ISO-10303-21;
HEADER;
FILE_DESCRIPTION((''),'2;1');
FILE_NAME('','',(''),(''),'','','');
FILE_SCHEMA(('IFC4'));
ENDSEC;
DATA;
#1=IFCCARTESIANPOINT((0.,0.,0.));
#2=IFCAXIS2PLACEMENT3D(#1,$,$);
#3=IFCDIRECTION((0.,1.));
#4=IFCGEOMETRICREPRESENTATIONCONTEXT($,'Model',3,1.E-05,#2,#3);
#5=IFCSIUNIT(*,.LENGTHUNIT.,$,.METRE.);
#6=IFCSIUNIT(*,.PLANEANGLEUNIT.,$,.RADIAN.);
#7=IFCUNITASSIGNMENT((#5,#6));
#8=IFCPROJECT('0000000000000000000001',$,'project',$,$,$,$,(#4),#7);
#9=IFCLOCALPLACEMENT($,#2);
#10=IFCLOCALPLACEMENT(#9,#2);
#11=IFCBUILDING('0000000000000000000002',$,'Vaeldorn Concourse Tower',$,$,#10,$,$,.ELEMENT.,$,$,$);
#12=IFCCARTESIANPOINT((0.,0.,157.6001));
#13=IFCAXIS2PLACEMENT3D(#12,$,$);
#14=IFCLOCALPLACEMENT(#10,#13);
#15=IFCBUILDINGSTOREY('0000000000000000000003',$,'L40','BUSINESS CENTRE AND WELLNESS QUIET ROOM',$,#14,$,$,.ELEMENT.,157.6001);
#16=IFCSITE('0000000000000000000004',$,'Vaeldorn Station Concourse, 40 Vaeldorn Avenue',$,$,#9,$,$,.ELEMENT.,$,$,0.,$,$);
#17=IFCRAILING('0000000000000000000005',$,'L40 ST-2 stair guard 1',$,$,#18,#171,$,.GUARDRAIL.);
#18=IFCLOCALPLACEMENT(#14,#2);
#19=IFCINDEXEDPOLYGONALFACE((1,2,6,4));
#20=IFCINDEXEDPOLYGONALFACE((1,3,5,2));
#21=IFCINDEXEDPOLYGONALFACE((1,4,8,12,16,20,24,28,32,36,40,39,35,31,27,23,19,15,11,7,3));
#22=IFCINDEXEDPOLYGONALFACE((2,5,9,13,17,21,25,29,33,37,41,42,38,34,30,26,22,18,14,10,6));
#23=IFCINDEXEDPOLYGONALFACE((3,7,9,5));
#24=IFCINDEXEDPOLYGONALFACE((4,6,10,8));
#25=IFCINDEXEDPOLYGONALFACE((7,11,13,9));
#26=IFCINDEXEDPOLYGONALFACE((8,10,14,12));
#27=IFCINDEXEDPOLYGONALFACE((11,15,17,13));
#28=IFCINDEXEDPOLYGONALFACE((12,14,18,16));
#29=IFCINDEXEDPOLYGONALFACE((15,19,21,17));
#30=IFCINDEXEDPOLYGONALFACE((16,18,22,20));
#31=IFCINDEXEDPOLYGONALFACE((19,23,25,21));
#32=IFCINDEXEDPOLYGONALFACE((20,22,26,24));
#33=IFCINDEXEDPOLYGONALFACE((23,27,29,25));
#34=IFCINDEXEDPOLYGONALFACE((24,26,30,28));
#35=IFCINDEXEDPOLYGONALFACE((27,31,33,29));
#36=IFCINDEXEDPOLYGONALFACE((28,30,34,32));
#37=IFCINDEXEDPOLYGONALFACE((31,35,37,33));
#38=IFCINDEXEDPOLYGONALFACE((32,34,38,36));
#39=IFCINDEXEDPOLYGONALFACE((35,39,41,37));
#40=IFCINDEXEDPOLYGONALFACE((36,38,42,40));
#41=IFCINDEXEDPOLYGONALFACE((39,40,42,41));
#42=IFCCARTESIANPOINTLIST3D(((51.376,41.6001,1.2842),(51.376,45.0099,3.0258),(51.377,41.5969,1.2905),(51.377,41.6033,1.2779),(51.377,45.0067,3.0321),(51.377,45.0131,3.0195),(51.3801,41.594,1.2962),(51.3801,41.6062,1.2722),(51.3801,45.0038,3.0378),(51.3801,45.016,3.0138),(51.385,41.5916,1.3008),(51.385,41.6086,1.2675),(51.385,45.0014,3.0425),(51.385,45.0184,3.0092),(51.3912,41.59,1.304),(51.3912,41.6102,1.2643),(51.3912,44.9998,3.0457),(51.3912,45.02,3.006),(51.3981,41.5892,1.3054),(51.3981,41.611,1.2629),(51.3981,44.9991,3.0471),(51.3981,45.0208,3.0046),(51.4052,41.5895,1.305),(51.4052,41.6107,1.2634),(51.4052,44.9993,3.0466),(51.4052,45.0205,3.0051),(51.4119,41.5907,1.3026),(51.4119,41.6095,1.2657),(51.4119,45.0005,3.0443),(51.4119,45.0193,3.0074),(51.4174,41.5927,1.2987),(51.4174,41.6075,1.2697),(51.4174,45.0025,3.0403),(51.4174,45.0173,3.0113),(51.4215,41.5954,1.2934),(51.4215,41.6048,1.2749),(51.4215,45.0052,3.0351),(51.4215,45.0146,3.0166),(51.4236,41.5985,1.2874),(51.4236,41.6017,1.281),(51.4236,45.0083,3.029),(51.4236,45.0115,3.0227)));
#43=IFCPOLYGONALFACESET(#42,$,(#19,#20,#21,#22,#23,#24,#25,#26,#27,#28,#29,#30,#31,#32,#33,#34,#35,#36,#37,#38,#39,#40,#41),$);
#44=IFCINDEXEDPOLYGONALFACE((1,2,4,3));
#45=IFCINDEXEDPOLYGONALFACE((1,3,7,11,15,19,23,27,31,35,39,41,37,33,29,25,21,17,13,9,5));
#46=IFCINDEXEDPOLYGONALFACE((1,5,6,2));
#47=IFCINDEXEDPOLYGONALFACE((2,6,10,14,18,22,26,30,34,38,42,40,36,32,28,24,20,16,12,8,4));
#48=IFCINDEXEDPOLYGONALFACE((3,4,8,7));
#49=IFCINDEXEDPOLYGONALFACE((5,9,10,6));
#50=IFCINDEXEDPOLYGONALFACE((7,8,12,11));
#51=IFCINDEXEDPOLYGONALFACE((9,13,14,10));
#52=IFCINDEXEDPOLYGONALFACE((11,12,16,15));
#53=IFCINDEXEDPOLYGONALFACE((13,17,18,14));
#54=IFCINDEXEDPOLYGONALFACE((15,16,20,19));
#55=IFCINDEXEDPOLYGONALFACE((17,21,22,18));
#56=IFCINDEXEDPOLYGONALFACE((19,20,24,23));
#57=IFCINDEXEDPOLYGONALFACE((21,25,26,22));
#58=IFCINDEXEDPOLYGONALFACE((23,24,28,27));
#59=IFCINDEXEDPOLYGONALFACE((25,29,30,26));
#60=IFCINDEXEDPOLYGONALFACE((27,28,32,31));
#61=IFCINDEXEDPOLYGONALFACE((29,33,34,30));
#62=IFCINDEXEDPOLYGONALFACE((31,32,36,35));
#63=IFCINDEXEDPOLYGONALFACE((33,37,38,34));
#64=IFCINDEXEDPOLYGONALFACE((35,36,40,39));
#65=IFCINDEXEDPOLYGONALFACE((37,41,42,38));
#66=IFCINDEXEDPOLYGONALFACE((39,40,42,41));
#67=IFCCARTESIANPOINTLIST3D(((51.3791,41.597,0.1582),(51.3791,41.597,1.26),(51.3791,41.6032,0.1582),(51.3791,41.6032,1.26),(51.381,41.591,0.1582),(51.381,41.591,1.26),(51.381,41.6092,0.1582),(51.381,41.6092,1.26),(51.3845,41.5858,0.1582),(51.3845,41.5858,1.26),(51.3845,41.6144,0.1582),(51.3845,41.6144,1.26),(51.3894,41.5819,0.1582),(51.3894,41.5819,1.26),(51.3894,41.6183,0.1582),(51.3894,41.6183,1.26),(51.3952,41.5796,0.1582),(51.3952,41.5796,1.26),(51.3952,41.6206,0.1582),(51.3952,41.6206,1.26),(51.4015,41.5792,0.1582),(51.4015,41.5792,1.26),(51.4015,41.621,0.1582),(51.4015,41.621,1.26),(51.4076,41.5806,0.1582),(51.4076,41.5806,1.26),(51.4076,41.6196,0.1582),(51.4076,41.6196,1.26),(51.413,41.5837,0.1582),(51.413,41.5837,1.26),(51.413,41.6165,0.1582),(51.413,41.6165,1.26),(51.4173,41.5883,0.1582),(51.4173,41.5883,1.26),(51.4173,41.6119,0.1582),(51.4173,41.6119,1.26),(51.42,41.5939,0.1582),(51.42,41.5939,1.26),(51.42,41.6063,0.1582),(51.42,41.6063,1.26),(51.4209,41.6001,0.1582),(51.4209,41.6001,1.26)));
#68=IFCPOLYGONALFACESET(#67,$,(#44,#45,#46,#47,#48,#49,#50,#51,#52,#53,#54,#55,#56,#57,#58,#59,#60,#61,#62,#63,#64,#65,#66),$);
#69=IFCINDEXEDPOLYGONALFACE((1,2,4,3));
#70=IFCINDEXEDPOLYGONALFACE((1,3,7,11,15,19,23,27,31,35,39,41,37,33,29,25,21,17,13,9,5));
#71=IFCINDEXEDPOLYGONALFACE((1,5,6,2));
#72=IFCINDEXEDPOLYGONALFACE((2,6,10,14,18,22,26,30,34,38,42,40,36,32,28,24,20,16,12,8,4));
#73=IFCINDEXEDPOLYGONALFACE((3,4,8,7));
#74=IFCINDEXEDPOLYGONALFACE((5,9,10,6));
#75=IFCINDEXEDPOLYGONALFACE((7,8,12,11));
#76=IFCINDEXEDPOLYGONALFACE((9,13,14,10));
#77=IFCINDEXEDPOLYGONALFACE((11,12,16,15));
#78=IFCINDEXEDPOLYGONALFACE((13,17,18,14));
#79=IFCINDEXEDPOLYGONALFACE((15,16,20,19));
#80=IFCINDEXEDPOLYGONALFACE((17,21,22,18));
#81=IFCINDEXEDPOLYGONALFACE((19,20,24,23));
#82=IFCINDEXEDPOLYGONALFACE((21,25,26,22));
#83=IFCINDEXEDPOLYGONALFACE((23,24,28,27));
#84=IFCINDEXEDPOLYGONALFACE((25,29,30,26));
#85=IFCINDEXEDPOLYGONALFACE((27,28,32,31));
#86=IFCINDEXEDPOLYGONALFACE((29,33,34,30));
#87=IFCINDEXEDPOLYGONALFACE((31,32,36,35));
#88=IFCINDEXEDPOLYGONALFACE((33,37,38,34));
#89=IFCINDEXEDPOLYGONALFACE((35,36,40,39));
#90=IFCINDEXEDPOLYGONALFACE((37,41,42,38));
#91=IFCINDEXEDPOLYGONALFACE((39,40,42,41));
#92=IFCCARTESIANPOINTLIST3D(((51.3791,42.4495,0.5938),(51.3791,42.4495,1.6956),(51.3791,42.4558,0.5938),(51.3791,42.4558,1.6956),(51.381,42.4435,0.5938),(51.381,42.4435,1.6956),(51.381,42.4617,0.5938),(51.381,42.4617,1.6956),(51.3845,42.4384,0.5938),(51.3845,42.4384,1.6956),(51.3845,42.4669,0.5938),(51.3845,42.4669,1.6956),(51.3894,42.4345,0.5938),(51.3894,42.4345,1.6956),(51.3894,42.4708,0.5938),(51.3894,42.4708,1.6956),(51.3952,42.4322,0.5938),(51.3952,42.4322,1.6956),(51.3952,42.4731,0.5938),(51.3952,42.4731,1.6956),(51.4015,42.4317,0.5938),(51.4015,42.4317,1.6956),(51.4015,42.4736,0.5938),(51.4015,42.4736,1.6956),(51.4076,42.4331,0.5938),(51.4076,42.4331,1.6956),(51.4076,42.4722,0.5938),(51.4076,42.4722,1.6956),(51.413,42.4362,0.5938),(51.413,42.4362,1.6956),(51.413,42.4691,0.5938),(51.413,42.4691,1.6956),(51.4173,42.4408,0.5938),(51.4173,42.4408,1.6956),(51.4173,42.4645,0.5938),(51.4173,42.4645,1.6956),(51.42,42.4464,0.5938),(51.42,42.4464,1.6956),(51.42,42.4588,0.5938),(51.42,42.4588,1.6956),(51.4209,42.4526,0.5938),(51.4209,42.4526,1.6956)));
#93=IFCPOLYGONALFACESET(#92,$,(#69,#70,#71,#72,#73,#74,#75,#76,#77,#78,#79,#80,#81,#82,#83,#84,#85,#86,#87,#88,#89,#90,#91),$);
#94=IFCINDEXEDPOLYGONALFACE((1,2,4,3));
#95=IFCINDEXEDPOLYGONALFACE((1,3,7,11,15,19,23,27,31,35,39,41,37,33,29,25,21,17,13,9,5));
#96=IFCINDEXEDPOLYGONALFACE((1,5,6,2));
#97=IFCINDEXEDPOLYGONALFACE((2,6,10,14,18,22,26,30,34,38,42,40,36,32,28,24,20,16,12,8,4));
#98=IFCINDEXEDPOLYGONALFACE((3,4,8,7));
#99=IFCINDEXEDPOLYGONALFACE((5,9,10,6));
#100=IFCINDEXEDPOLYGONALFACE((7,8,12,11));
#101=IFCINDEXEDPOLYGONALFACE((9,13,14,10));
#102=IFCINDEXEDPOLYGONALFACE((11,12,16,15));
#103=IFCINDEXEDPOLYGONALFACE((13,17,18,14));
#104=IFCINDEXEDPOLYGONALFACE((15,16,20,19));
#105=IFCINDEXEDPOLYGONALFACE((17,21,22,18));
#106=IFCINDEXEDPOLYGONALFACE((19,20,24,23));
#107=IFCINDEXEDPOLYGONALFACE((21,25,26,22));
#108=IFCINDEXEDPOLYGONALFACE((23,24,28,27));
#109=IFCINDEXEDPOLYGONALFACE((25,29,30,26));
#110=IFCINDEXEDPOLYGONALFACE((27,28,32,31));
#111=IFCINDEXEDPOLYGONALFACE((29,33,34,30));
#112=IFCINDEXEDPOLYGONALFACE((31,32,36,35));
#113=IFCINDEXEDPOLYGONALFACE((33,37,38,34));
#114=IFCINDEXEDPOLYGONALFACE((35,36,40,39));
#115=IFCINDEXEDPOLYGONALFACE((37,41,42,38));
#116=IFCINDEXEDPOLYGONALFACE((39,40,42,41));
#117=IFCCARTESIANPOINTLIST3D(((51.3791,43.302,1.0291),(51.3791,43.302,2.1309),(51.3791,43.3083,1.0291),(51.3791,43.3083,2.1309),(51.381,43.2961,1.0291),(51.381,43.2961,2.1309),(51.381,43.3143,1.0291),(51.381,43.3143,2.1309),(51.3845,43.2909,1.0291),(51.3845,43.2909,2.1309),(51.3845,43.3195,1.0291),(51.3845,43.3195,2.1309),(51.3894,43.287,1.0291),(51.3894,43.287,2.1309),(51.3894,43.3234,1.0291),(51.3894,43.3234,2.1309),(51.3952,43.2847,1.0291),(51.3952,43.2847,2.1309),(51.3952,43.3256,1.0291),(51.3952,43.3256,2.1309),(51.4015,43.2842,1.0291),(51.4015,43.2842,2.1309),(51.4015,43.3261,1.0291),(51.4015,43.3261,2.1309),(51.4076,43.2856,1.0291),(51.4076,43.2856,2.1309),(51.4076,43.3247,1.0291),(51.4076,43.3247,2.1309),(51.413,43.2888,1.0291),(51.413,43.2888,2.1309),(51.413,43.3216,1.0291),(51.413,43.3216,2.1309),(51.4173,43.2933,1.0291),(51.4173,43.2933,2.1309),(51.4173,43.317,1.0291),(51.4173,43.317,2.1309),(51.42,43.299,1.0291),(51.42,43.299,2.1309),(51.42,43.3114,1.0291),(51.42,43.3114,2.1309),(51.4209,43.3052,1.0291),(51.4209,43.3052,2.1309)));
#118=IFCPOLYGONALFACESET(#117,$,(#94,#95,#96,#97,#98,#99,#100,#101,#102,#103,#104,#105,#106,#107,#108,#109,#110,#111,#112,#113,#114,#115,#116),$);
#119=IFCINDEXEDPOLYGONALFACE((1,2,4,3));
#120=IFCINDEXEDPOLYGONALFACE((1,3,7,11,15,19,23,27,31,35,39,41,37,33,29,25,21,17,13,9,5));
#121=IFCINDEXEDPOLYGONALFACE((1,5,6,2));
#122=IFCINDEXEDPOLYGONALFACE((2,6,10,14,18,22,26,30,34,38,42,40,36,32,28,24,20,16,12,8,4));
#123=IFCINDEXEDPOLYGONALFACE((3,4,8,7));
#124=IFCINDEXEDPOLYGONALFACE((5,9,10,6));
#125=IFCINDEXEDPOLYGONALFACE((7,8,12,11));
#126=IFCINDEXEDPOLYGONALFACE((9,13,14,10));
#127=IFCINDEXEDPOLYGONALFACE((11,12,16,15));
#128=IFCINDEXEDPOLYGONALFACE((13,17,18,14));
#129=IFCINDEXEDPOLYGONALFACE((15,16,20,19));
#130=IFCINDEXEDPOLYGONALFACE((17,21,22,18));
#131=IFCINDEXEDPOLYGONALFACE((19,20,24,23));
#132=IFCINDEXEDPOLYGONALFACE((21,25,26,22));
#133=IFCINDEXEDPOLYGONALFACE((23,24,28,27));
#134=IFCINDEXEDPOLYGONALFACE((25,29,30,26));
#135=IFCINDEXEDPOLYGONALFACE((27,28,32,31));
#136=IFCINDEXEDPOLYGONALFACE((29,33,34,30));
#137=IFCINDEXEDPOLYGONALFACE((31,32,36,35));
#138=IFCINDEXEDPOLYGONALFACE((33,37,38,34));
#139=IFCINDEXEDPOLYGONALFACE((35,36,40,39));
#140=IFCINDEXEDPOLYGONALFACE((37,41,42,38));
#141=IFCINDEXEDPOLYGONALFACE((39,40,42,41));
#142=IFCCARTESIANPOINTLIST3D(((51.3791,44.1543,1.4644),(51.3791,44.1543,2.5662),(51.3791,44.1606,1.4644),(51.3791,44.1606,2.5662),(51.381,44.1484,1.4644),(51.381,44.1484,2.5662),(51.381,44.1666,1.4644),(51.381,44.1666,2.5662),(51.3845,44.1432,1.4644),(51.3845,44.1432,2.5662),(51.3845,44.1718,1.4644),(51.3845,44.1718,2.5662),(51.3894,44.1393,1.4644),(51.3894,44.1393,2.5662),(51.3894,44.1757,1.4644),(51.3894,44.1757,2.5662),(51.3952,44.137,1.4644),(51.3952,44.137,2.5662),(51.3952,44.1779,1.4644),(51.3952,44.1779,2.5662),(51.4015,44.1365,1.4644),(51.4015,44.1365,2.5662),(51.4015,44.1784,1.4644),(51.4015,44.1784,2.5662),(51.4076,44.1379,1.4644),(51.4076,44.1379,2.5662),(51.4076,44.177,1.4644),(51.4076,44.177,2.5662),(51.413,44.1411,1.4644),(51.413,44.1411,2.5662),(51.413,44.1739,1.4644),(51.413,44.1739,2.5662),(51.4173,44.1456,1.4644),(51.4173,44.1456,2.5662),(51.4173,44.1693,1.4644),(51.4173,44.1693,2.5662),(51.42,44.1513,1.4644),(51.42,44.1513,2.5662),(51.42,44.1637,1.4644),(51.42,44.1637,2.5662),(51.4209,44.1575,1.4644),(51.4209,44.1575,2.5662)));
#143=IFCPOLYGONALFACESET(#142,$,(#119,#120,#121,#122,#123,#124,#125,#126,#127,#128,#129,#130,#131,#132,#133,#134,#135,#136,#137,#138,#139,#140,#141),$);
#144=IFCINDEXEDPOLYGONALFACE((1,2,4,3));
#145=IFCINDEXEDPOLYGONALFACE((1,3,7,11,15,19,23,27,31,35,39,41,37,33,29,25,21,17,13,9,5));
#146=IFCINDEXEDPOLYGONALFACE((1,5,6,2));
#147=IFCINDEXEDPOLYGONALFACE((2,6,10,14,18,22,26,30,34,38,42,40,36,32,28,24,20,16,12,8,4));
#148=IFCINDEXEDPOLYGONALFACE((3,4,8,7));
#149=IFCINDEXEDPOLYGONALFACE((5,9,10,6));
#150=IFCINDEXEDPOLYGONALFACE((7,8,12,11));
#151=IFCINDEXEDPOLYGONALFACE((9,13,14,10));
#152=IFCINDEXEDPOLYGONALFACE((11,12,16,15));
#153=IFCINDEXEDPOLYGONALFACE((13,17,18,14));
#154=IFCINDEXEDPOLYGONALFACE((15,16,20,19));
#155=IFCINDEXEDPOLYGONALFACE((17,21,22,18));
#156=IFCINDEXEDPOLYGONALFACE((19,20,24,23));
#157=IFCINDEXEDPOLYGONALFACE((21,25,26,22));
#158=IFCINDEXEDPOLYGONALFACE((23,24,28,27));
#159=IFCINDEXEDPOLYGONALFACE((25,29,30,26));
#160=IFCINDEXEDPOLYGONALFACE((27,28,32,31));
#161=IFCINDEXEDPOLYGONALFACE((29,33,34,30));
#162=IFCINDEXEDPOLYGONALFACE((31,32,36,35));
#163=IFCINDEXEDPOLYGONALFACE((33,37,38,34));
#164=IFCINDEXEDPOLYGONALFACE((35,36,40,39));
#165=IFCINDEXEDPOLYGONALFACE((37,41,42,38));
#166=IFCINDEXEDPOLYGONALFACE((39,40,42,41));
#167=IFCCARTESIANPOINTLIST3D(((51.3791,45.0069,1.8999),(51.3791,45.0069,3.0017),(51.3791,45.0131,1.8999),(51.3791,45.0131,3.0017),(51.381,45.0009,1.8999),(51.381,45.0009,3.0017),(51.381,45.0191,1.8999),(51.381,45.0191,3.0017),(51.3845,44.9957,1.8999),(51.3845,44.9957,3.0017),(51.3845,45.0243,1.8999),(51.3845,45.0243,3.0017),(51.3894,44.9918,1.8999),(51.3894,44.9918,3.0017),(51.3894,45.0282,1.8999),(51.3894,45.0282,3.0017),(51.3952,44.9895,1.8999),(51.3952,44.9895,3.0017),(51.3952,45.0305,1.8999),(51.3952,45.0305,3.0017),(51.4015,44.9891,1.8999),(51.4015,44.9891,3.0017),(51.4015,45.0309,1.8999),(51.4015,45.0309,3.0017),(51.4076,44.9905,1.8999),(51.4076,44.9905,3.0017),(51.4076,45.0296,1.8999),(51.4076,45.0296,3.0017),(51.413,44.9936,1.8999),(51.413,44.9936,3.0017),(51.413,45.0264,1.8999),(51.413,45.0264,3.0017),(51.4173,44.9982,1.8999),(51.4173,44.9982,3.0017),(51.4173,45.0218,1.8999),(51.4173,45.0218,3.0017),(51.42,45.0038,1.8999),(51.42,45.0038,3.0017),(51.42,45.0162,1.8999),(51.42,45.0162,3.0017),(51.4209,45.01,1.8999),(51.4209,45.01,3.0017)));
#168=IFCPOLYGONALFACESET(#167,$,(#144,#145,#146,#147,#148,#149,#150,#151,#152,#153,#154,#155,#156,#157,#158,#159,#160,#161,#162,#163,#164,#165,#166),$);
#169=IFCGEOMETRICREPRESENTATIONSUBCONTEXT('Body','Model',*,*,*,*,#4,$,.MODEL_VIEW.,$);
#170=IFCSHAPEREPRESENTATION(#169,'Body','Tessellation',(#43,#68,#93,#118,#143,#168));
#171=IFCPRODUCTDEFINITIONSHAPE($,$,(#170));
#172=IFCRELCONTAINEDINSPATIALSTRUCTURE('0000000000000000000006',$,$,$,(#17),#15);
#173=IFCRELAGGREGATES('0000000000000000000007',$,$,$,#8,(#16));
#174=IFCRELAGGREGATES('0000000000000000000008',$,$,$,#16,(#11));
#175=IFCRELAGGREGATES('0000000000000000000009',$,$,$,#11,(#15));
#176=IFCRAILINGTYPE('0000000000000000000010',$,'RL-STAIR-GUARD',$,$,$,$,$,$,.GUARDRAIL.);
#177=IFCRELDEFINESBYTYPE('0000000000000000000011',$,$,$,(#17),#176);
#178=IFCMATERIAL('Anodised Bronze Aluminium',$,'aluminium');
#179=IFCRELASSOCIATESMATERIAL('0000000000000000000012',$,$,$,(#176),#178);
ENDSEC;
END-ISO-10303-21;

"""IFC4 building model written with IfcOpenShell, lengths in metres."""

from ifc_helpers import new_model, si_unit, direction, frame, origin, origin_2d, place, context, subcontext, project, spatial, circle, extrude, material, type_object, element, save


model = new_model("IFC4")

# Units and contexts
model_context = context("Model", 3, precision=1e-05, world=origin(), true_north=direction((0.0, 1.0)))
body_context = subcontext(model_context, "Body", "Model", "MODEL_VIEW")
ifc_project = project(units=[si_unit("LENGTHUNIT", "METRE"), si_unit("PLANEANGLEUNIT", "RADIAN")], contexts=[model_context])

# Site, building, storey
site_placement = place(None, origin())
site = spatial("IfcSite", under=ifc_project, at=site_placement, Name="Vaeldorn Station Concourse, 40 Vaeldorn Avenue", CompositionType="ELEMENT", RefElevation=0.0)
building_placement = place(site_placement, origin())
building = spatial("IfcBuilding", under=site, at=building_placement, Name="Vaeldorn Concourse Tower", CompositionType="ELEMENT")
storey_placement = place(building_placement, frame((0.0, 0.0, 157.6001)))
storey = spatial("IfcBuildingStorey", under=building, at=storey_placement, Name="L40", Description="BUSINESS CENTRE AND WELLNESS QUIET ROOM", CompositionType="ELEMENT", Elevation=157.6001)

# Shared definitions
ifc_material_1 = material(Name="Anodised Bronze Aluminium", Category="aluminium")

# Railing
railing_type_1 = type_object("IfcRailingType", Name="RL-STAIR-GUARD", PredefinedType="GUARDRAIL", material=ifc_material_1)
railing_1_placement = place(storey_placement, frame((51.3999, 41.6001, 0.1582)))
element("IfcRailing", 1, at=railing_1_placement, inside=storey, type_object=railing_type_1, Name="L40 ST-2 stair guard 1", PredefinedType="GUARDRAIL", context=body_context, shape_type="SweptSolid", body=[
    extrude(circle(Radius=0.0239, at=origin_2d()), frame((0.0, 0.0, 1.126), z_axis=(0.0, 0.890556, 0.454874), x_axis=(-1.0, 0.0, 0.0)), (0.0, 0.0, 1.0), 3.8289),
    extrude(circle(Radius=0.021, at=origin_2d()), origin(), (0.0, 0.0, 1.0), 1.1018),
    extrude(circle(Radius=0.021, at=origin_2d()), frame((0.0, 0.8525, 0.4355)), (0.0, 0.0, 1.0), 1.1018),
    extrude(circle(Radius=0.021, at=origin_2d()), frame((0.0, 1.7051, 0.8708)), (0.0, 0.0, 1.0), 1.1018),
    extrude(circle(Radius=0.021, at=origin_2d()), frame((0.0, 2.5574, 1.3062)), (0.0, 0.0, 1.0), 1.1018),
    extrude(circle(Radius=0.021, at=origin_2d()), frame((0.0, 3.4099, 1.7417)), (0.0, 0.0, 1.0), 1.1018),
])

save(model, "model.ifc")
